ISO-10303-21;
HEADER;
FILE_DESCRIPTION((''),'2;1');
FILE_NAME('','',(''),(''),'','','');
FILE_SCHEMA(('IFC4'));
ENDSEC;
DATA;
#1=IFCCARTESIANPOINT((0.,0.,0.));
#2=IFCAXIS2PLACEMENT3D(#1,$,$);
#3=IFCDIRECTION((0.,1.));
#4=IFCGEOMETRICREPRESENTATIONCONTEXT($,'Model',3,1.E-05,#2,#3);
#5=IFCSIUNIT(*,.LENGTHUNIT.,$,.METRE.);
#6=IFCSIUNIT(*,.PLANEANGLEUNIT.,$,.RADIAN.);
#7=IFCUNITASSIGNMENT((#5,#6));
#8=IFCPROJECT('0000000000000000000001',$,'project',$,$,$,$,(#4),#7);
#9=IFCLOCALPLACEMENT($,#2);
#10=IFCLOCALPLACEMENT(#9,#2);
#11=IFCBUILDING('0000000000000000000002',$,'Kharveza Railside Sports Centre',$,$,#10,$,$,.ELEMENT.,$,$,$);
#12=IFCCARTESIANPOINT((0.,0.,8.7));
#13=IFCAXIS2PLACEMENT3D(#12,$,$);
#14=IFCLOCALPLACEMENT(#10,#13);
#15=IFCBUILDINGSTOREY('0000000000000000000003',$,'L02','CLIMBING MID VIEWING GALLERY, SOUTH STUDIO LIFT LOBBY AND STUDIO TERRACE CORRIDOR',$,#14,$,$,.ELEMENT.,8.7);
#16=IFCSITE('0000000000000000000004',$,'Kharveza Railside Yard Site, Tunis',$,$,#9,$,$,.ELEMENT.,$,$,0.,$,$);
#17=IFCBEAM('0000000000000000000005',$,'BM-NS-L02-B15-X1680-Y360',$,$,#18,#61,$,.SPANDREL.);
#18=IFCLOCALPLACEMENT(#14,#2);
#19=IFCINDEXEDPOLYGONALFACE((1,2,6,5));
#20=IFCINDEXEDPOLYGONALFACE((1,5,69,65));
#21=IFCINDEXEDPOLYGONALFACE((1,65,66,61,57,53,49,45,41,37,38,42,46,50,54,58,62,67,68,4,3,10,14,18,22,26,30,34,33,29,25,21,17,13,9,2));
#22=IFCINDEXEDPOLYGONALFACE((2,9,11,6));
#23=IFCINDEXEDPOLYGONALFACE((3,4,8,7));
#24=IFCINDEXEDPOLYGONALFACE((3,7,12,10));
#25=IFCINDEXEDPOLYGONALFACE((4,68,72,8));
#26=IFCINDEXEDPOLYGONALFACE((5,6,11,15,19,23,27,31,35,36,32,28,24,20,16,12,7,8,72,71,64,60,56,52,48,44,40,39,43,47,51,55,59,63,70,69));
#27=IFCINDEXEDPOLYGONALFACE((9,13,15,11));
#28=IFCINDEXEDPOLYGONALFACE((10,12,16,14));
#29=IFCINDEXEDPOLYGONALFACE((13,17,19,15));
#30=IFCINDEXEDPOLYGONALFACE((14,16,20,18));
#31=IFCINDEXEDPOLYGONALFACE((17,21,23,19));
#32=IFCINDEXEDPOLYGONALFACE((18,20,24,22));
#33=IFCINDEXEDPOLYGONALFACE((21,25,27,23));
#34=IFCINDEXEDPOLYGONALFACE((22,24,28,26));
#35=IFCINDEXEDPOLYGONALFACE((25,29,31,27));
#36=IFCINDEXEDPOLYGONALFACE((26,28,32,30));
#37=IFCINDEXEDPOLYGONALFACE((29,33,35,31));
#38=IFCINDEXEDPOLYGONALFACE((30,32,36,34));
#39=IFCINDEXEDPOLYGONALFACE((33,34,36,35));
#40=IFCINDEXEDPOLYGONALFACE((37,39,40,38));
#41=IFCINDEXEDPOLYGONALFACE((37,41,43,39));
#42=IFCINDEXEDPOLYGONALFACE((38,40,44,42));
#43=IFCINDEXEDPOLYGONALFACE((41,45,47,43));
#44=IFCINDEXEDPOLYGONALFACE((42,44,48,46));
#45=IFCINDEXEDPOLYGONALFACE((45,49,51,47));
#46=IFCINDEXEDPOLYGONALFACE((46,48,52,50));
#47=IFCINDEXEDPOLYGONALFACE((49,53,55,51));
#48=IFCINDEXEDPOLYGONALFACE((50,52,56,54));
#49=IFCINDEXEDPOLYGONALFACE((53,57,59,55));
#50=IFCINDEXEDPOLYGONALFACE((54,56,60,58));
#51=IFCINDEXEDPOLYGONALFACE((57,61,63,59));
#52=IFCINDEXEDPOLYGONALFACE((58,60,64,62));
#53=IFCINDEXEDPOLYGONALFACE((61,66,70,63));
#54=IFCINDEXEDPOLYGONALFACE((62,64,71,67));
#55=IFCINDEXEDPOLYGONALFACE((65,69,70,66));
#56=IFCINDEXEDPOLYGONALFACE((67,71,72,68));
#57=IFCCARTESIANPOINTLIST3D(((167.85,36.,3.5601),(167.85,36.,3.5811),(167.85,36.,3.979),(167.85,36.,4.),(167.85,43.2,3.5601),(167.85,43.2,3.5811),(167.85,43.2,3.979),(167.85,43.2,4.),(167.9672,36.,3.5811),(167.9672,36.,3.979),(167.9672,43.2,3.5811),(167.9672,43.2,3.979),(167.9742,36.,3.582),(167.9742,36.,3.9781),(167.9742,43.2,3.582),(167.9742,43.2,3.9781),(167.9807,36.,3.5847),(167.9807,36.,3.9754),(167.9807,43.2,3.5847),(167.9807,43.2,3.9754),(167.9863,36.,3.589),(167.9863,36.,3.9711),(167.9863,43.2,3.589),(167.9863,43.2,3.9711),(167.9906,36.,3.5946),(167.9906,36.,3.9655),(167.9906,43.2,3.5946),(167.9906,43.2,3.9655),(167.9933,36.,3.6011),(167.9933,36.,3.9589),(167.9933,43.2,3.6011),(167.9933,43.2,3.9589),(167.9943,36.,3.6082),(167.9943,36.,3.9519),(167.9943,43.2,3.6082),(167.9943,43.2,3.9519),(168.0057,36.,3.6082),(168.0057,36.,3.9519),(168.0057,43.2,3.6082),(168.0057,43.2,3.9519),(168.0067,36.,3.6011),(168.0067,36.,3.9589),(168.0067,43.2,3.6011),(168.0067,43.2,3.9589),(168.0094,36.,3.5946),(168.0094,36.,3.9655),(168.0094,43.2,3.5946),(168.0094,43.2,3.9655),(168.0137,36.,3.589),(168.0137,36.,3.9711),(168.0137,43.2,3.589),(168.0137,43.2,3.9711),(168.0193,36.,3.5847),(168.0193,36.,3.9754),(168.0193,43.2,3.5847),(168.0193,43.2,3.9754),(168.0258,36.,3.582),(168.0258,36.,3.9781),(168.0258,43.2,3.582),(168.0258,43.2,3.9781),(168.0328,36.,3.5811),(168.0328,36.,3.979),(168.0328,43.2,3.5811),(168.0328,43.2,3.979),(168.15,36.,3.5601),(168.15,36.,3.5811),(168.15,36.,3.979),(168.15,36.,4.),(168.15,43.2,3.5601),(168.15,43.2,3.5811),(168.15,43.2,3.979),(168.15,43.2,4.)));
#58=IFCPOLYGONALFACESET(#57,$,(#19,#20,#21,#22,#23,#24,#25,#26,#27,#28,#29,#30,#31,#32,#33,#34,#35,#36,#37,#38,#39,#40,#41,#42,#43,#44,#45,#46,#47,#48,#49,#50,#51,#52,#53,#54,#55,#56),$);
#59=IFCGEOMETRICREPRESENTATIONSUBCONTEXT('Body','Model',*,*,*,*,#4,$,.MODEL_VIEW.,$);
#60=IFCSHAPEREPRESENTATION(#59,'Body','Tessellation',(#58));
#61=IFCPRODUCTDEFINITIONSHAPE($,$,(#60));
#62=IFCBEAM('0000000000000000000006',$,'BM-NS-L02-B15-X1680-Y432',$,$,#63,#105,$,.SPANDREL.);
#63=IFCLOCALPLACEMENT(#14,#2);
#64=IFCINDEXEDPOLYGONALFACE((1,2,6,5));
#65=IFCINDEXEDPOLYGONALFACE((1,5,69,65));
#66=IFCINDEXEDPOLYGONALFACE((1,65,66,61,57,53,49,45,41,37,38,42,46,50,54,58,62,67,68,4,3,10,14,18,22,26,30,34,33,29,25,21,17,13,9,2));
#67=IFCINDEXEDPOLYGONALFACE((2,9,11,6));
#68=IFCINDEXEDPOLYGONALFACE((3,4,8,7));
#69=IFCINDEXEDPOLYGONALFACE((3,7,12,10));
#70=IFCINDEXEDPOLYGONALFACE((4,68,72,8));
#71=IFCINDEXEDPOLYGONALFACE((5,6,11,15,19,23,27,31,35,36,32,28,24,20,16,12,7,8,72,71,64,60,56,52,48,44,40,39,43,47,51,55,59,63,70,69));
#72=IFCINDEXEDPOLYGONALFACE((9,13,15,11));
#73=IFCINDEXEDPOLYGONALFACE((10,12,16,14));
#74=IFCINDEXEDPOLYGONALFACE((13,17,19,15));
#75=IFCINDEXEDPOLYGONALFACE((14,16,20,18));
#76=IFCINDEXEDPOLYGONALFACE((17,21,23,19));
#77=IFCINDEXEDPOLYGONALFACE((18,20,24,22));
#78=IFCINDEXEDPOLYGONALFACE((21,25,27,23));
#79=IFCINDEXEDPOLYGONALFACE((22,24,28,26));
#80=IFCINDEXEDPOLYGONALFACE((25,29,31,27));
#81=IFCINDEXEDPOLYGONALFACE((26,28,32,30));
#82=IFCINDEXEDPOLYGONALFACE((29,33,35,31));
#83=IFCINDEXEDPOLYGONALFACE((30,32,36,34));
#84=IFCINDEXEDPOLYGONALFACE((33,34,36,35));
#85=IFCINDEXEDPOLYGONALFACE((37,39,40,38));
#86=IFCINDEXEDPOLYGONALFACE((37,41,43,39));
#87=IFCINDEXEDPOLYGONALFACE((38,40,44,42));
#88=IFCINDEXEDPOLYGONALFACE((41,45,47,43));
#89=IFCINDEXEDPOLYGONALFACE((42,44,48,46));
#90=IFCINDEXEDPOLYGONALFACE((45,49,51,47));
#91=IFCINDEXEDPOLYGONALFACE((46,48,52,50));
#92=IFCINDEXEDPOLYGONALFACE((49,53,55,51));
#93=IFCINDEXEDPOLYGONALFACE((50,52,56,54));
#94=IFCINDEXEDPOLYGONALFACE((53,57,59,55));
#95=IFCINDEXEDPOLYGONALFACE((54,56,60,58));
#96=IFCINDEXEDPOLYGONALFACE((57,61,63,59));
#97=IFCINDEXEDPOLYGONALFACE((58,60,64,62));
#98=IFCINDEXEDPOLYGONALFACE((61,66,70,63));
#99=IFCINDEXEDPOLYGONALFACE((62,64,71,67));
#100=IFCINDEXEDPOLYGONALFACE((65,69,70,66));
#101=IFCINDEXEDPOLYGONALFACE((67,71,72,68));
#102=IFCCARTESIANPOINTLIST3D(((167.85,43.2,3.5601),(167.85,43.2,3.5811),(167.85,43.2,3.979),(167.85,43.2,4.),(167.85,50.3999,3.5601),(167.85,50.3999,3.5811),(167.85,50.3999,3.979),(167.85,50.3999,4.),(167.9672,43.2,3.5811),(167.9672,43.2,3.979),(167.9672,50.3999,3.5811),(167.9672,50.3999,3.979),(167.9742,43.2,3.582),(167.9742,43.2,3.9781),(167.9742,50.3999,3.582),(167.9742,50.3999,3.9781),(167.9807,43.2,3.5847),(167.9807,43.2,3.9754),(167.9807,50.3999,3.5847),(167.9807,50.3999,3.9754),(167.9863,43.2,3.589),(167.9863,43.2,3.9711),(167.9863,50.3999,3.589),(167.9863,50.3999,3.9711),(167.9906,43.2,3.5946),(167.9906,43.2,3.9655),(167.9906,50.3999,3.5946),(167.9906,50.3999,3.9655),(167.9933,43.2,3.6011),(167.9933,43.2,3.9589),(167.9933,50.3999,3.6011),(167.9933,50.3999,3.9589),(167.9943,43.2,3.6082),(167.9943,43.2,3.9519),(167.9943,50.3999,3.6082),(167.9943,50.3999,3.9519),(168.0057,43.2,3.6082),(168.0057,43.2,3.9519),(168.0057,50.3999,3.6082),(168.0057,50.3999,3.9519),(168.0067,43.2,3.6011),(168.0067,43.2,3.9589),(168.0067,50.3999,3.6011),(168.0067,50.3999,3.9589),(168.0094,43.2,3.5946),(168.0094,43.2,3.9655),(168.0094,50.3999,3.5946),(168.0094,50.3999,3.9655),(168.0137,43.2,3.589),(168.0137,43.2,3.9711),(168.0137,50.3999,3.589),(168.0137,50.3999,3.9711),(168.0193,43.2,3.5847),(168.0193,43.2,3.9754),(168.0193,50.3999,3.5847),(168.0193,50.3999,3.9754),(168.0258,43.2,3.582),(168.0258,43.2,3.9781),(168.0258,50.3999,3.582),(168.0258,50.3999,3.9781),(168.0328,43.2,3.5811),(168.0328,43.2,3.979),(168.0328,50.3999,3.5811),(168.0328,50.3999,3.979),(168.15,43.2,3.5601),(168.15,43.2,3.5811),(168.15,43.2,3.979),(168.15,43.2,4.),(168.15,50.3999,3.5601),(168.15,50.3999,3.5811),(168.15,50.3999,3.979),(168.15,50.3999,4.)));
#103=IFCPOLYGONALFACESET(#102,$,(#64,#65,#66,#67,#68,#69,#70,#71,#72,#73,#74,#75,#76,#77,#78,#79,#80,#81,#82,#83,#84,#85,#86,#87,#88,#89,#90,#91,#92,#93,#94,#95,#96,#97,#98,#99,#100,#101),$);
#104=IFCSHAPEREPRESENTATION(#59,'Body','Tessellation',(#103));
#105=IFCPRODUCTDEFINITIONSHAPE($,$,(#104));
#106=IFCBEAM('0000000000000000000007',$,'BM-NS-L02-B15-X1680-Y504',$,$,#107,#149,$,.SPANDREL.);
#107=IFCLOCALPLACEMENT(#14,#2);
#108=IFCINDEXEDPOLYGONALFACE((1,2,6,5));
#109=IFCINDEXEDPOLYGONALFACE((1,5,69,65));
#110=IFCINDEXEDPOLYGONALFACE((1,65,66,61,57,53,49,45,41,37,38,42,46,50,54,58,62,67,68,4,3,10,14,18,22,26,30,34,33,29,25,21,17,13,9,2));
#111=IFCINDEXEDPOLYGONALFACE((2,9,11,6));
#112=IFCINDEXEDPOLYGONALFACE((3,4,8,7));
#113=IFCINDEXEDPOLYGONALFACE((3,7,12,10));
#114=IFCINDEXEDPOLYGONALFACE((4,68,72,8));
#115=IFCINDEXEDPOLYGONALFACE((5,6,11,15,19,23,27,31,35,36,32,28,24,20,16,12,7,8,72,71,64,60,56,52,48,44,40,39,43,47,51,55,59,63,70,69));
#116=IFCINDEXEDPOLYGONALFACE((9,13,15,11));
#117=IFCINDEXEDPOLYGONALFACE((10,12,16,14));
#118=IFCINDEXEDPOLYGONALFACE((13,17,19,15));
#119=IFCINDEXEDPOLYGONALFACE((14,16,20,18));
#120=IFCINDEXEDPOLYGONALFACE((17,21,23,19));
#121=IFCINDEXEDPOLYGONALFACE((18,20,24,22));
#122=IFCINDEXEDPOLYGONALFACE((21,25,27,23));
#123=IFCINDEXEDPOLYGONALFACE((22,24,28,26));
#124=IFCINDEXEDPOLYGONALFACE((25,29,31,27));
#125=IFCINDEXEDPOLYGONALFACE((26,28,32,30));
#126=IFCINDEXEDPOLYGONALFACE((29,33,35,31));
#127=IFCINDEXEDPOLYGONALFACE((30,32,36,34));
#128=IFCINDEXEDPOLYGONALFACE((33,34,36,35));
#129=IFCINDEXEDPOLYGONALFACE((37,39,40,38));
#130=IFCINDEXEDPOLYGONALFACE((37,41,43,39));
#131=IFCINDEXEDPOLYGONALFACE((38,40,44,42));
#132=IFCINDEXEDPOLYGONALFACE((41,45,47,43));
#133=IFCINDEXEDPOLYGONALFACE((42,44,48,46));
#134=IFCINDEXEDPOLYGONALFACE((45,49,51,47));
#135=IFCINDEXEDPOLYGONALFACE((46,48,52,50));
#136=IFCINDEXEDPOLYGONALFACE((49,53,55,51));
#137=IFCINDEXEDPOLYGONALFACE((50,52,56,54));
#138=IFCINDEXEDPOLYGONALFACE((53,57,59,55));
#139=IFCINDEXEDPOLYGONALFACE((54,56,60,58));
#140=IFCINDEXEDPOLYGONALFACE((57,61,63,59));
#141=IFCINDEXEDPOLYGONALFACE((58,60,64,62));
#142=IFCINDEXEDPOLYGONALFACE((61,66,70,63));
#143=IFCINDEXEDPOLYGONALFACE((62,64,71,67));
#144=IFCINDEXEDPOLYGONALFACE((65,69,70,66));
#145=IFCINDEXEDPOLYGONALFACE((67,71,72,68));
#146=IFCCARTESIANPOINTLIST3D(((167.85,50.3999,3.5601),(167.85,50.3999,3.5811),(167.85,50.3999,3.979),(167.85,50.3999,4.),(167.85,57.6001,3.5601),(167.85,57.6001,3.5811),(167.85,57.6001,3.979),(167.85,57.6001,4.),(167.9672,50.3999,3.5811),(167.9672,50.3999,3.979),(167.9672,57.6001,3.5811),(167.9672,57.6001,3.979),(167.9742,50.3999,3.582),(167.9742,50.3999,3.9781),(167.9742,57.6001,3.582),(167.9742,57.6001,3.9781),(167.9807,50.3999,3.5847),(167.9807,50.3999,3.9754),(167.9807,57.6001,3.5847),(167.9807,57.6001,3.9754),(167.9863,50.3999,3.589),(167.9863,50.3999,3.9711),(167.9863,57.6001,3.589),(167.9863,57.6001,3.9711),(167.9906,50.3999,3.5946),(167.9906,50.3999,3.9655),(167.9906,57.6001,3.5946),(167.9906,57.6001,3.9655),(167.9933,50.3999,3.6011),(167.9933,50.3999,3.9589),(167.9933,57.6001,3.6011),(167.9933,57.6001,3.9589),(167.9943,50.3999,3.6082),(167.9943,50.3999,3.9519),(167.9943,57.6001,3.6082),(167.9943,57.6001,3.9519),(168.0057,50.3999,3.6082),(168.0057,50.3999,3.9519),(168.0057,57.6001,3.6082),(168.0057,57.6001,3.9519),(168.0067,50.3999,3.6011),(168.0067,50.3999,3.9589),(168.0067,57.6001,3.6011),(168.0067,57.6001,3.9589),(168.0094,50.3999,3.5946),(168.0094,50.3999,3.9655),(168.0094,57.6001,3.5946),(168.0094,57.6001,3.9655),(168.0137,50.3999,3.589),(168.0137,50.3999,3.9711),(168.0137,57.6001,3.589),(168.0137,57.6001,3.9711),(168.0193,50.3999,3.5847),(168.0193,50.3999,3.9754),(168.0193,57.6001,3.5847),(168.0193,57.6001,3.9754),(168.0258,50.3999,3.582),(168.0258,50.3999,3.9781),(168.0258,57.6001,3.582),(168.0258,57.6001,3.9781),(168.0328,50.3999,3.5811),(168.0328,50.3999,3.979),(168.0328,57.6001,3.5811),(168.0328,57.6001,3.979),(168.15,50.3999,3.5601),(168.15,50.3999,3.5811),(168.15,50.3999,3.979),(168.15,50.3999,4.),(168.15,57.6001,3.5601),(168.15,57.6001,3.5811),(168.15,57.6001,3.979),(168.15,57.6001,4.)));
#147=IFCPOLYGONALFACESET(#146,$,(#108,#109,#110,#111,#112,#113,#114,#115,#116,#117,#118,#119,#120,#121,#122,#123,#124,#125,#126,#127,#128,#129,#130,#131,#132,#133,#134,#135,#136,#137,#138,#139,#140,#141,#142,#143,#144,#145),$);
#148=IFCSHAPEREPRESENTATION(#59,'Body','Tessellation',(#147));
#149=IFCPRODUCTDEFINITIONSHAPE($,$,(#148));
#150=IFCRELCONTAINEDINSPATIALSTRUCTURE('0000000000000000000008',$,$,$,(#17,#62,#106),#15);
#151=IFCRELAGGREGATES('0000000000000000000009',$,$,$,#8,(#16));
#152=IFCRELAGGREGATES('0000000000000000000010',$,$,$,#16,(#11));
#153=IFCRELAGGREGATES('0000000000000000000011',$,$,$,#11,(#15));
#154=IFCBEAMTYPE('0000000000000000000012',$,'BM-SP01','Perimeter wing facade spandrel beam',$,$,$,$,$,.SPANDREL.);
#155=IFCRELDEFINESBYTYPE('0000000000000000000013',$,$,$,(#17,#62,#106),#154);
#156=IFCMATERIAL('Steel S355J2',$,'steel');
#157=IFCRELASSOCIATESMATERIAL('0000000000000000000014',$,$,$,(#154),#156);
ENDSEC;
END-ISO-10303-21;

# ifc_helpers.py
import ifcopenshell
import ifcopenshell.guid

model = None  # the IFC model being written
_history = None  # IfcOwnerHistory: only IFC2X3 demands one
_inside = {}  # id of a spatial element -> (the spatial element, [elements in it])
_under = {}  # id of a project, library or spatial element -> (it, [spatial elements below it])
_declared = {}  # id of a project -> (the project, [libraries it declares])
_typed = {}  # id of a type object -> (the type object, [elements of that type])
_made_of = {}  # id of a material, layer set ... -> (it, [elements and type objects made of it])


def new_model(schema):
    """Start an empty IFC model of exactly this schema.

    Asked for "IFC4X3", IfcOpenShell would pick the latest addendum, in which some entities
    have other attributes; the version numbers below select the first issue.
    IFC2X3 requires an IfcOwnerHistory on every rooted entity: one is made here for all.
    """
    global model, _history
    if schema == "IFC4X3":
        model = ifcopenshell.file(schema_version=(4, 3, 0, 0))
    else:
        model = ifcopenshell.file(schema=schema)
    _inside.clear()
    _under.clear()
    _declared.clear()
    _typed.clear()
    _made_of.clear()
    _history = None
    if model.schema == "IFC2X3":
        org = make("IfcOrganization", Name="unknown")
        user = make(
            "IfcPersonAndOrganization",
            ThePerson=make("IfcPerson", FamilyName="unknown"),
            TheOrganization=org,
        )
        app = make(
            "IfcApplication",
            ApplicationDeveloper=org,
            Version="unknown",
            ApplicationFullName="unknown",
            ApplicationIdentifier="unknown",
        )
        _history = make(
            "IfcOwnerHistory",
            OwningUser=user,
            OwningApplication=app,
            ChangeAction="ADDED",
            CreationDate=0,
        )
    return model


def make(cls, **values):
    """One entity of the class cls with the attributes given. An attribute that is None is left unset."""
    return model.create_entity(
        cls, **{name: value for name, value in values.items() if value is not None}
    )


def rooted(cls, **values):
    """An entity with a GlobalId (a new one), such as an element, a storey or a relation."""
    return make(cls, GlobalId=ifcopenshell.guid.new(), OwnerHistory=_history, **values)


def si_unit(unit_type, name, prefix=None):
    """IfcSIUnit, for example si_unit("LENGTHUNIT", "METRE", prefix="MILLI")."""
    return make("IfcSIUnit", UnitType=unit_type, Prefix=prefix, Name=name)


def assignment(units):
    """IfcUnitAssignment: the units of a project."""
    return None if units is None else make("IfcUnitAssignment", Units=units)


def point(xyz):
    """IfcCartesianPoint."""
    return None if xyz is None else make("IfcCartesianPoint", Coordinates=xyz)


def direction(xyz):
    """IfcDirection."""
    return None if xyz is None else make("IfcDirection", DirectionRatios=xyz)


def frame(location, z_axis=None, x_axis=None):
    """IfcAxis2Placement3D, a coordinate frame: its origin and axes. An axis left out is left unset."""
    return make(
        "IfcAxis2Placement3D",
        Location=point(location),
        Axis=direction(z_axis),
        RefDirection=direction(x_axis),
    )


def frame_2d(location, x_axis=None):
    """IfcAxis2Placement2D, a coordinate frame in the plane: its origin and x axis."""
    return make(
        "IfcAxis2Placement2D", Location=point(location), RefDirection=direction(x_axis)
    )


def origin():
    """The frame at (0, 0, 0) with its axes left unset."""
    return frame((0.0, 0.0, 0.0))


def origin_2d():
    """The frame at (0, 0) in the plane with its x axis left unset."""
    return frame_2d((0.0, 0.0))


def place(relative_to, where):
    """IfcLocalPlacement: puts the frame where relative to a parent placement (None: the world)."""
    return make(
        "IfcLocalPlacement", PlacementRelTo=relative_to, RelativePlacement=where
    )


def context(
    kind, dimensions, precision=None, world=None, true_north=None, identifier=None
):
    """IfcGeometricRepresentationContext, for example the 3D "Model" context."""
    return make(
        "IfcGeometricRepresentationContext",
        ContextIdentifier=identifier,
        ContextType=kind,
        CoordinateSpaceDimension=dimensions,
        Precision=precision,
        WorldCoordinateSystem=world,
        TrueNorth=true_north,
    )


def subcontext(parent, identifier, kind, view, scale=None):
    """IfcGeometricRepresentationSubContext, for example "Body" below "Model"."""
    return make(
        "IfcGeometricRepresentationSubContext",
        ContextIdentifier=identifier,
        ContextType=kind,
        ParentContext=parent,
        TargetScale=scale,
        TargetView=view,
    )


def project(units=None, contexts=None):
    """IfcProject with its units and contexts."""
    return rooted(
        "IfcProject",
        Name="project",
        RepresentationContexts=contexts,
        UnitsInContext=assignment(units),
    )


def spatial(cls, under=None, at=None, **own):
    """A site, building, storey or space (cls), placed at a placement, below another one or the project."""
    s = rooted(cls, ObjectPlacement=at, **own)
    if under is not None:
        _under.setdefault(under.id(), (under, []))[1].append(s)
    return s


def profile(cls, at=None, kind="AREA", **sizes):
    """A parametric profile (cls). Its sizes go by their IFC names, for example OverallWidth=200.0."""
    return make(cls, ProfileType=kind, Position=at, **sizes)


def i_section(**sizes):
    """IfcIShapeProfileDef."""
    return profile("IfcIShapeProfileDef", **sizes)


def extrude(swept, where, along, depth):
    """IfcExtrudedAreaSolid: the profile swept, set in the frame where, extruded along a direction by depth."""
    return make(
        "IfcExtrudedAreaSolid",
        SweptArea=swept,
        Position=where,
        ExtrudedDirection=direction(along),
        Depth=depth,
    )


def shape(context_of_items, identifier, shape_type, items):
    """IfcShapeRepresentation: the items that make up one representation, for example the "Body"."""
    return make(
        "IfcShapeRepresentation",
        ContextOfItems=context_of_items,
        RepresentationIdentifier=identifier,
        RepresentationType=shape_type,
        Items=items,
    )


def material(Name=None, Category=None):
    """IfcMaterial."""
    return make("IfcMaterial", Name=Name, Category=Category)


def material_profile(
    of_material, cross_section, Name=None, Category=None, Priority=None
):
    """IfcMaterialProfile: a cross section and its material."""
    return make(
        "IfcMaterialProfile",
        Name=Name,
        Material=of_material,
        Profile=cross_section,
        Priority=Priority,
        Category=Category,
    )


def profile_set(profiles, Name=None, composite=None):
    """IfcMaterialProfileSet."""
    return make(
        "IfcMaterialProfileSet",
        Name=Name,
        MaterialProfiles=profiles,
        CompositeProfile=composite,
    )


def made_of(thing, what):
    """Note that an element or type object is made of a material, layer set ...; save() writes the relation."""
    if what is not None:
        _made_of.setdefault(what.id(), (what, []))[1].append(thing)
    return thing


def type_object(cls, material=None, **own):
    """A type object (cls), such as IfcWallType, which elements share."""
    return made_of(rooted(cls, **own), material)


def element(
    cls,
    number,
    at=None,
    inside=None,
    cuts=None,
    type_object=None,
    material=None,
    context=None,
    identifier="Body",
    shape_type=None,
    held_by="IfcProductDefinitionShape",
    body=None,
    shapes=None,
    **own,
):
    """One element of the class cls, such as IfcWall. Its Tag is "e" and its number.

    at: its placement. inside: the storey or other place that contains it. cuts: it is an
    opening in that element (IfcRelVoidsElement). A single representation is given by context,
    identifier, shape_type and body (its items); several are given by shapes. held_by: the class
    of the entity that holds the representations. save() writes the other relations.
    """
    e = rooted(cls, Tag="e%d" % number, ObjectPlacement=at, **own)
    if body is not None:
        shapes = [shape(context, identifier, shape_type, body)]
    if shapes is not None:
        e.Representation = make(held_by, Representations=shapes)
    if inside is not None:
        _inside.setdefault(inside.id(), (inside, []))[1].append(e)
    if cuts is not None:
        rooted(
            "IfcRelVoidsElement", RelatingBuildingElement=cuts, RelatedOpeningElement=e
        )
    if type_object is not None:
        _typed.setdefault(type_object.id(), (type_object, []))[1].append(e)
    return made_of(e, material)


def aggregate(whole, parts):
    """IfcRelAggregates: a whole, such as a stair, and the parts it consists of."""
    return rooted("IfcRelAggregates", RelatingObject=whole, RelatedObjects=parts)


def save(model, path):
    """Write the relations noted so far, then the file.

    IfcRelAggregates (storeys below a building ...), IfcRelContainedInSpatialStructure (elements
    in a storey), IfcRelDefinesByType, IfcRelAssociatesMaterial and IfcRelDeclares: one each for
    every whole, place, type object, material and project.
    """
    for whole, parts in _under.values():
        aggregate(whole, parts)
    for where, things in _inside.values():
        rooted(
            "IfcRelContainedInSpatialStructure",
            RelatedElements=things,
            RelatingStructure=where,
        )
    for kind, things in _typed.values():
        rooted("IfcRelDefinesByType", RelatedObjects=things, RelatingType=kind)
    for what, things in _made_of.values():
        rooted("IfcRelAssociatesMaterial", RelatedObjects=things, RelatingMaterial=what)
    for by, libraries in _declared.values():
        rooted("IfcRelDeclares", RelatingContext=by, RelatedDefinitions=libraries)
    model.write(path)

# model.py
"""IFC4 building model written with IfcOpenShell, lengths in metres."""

from ifc_helpers import new_model, si_unit, direction, frame, origin, origin_2d, place, context, subcontext, project, spatial, i_section, extrude, material, material_profile, profile_set, type_object, element, save


model = new_model("IFC4")

# Units and contexts
model_context = context("Model", 3, precision=1e-05, world=origin(), true_north=direction((0.0, 1.0)))
body_context = subcontext(model_context, "Body", "Model", "MODEL_VIEW")
ifc_project = project(units=[si_unit("LENGTHUNIT", "METRE"), si_unit("PLANEANGLEUNIT", "RADIAN")], contexts=[model_context])

# Site, building, storey
site_placement = place(None, origin())
site = spatial("IfcSite", under=ifc_project, at=site_placement, Name="Kharveza Railside Yard Site, Tunis", CompositionType="ELEMENT", RefElevation=0.0)
building_placement = place(site_placement, origin())
building = spatial("IfcBuilding", under=site, at=building_placement, Name="Kharveza Railside Sports Centre", CompositionType="ELEMENT")
storey_placement = place(building_placement, frame((0.0, 0.0, 8.7)))
storey = spatial("IfcBuildingStorey", under=building, at=storey_placement, Name="L02", Description="CLIMBING MID VIEWING GALLERY, SOUTH STUDIO LIFT LOBBY AND STUDIO TERRACE CORRIDOR", CompositionType="ELEMENT", Elevation=8.7)

# Shared definitions
ifc_material_1 = material(Name="Steel S355J2", Category="steel")

# Beams
ifc_material_profile_1 = material_profile(ifc_material_1, i_section(OverallWidth=0.3, OverallDepth=0.4399, WebThickness=0.0115, FlangeThickness=0.021, FilletRadius=0.0271, at=origin_2d()), Name="HEA 450")
ifc_profile_set_1 = profile_set([ifc_material_profile_1], Name="Steel S355J2")
beam_type_1 = type_object("IfcBeamType", Name="BM-SP01", Description="Perimeter wing facade spandrel beam", PredefinedType="SPANDREL", material=ifc_profile_set_1)
for number, where, z_axis, x_axis, name in (
    (1, (168.0, 36.0, 3.78), (0.0, 1.0, 0.0), (-1.0, 0.0, 0.0), "BM-NS-L02-B15-X1680-Y360"),
    (2, (168.0, 43.2, 3.78), (0.0, 1.0, 0.0), (-1.0, 0.0, 0.0), "BM-NS-L02-B15-X1680-Y432"),
):
    element("IfcBeam", number, at=place(storey_placement, frame(where, z_axis=z_axis, x_axis=x_axis)), inside=storey, type_object=beam_type_1, Name=name, PredefinedType="SPANDREL", context=body_context, shape_type="SweptSolid", body=[
        extrude(i_section(OverallWidth=0.3, OverallDepth=0.4399, WebThickness=0.0115, FlangeThickness=0.021, FilletRadius=0.0271, at=origin_2d()), origin(), (0.0, 0.0, 1.0), 7.2),
    ])
beam_1_placement = place(storey_placement, frame((168.0, 50.3999, 3.78), z_axis=(0.0, 1.0, 0.0), x_axis=(-1.0, 0.0, 0.0)))
element("IfcBeam", 3, at=beam_1_placement, inside=storey, type_object=beam_type_1, Name="BM-NS-L02-B15-X1680-Y504", PredefinedType="SPANDREL", context=body_context, shape_type="SweptSolid", body=[
    extrude(i_section(OverallWidth=0.3, OverallDepth=0.4399, WebThickness=0.0115, FlangeThickness=0.021, FilletRadius=0.0271, at=origin_2d()), origin(), (0.0, 0.0, 1.0), 7.2002),
])

save(model, "model.ifc")
